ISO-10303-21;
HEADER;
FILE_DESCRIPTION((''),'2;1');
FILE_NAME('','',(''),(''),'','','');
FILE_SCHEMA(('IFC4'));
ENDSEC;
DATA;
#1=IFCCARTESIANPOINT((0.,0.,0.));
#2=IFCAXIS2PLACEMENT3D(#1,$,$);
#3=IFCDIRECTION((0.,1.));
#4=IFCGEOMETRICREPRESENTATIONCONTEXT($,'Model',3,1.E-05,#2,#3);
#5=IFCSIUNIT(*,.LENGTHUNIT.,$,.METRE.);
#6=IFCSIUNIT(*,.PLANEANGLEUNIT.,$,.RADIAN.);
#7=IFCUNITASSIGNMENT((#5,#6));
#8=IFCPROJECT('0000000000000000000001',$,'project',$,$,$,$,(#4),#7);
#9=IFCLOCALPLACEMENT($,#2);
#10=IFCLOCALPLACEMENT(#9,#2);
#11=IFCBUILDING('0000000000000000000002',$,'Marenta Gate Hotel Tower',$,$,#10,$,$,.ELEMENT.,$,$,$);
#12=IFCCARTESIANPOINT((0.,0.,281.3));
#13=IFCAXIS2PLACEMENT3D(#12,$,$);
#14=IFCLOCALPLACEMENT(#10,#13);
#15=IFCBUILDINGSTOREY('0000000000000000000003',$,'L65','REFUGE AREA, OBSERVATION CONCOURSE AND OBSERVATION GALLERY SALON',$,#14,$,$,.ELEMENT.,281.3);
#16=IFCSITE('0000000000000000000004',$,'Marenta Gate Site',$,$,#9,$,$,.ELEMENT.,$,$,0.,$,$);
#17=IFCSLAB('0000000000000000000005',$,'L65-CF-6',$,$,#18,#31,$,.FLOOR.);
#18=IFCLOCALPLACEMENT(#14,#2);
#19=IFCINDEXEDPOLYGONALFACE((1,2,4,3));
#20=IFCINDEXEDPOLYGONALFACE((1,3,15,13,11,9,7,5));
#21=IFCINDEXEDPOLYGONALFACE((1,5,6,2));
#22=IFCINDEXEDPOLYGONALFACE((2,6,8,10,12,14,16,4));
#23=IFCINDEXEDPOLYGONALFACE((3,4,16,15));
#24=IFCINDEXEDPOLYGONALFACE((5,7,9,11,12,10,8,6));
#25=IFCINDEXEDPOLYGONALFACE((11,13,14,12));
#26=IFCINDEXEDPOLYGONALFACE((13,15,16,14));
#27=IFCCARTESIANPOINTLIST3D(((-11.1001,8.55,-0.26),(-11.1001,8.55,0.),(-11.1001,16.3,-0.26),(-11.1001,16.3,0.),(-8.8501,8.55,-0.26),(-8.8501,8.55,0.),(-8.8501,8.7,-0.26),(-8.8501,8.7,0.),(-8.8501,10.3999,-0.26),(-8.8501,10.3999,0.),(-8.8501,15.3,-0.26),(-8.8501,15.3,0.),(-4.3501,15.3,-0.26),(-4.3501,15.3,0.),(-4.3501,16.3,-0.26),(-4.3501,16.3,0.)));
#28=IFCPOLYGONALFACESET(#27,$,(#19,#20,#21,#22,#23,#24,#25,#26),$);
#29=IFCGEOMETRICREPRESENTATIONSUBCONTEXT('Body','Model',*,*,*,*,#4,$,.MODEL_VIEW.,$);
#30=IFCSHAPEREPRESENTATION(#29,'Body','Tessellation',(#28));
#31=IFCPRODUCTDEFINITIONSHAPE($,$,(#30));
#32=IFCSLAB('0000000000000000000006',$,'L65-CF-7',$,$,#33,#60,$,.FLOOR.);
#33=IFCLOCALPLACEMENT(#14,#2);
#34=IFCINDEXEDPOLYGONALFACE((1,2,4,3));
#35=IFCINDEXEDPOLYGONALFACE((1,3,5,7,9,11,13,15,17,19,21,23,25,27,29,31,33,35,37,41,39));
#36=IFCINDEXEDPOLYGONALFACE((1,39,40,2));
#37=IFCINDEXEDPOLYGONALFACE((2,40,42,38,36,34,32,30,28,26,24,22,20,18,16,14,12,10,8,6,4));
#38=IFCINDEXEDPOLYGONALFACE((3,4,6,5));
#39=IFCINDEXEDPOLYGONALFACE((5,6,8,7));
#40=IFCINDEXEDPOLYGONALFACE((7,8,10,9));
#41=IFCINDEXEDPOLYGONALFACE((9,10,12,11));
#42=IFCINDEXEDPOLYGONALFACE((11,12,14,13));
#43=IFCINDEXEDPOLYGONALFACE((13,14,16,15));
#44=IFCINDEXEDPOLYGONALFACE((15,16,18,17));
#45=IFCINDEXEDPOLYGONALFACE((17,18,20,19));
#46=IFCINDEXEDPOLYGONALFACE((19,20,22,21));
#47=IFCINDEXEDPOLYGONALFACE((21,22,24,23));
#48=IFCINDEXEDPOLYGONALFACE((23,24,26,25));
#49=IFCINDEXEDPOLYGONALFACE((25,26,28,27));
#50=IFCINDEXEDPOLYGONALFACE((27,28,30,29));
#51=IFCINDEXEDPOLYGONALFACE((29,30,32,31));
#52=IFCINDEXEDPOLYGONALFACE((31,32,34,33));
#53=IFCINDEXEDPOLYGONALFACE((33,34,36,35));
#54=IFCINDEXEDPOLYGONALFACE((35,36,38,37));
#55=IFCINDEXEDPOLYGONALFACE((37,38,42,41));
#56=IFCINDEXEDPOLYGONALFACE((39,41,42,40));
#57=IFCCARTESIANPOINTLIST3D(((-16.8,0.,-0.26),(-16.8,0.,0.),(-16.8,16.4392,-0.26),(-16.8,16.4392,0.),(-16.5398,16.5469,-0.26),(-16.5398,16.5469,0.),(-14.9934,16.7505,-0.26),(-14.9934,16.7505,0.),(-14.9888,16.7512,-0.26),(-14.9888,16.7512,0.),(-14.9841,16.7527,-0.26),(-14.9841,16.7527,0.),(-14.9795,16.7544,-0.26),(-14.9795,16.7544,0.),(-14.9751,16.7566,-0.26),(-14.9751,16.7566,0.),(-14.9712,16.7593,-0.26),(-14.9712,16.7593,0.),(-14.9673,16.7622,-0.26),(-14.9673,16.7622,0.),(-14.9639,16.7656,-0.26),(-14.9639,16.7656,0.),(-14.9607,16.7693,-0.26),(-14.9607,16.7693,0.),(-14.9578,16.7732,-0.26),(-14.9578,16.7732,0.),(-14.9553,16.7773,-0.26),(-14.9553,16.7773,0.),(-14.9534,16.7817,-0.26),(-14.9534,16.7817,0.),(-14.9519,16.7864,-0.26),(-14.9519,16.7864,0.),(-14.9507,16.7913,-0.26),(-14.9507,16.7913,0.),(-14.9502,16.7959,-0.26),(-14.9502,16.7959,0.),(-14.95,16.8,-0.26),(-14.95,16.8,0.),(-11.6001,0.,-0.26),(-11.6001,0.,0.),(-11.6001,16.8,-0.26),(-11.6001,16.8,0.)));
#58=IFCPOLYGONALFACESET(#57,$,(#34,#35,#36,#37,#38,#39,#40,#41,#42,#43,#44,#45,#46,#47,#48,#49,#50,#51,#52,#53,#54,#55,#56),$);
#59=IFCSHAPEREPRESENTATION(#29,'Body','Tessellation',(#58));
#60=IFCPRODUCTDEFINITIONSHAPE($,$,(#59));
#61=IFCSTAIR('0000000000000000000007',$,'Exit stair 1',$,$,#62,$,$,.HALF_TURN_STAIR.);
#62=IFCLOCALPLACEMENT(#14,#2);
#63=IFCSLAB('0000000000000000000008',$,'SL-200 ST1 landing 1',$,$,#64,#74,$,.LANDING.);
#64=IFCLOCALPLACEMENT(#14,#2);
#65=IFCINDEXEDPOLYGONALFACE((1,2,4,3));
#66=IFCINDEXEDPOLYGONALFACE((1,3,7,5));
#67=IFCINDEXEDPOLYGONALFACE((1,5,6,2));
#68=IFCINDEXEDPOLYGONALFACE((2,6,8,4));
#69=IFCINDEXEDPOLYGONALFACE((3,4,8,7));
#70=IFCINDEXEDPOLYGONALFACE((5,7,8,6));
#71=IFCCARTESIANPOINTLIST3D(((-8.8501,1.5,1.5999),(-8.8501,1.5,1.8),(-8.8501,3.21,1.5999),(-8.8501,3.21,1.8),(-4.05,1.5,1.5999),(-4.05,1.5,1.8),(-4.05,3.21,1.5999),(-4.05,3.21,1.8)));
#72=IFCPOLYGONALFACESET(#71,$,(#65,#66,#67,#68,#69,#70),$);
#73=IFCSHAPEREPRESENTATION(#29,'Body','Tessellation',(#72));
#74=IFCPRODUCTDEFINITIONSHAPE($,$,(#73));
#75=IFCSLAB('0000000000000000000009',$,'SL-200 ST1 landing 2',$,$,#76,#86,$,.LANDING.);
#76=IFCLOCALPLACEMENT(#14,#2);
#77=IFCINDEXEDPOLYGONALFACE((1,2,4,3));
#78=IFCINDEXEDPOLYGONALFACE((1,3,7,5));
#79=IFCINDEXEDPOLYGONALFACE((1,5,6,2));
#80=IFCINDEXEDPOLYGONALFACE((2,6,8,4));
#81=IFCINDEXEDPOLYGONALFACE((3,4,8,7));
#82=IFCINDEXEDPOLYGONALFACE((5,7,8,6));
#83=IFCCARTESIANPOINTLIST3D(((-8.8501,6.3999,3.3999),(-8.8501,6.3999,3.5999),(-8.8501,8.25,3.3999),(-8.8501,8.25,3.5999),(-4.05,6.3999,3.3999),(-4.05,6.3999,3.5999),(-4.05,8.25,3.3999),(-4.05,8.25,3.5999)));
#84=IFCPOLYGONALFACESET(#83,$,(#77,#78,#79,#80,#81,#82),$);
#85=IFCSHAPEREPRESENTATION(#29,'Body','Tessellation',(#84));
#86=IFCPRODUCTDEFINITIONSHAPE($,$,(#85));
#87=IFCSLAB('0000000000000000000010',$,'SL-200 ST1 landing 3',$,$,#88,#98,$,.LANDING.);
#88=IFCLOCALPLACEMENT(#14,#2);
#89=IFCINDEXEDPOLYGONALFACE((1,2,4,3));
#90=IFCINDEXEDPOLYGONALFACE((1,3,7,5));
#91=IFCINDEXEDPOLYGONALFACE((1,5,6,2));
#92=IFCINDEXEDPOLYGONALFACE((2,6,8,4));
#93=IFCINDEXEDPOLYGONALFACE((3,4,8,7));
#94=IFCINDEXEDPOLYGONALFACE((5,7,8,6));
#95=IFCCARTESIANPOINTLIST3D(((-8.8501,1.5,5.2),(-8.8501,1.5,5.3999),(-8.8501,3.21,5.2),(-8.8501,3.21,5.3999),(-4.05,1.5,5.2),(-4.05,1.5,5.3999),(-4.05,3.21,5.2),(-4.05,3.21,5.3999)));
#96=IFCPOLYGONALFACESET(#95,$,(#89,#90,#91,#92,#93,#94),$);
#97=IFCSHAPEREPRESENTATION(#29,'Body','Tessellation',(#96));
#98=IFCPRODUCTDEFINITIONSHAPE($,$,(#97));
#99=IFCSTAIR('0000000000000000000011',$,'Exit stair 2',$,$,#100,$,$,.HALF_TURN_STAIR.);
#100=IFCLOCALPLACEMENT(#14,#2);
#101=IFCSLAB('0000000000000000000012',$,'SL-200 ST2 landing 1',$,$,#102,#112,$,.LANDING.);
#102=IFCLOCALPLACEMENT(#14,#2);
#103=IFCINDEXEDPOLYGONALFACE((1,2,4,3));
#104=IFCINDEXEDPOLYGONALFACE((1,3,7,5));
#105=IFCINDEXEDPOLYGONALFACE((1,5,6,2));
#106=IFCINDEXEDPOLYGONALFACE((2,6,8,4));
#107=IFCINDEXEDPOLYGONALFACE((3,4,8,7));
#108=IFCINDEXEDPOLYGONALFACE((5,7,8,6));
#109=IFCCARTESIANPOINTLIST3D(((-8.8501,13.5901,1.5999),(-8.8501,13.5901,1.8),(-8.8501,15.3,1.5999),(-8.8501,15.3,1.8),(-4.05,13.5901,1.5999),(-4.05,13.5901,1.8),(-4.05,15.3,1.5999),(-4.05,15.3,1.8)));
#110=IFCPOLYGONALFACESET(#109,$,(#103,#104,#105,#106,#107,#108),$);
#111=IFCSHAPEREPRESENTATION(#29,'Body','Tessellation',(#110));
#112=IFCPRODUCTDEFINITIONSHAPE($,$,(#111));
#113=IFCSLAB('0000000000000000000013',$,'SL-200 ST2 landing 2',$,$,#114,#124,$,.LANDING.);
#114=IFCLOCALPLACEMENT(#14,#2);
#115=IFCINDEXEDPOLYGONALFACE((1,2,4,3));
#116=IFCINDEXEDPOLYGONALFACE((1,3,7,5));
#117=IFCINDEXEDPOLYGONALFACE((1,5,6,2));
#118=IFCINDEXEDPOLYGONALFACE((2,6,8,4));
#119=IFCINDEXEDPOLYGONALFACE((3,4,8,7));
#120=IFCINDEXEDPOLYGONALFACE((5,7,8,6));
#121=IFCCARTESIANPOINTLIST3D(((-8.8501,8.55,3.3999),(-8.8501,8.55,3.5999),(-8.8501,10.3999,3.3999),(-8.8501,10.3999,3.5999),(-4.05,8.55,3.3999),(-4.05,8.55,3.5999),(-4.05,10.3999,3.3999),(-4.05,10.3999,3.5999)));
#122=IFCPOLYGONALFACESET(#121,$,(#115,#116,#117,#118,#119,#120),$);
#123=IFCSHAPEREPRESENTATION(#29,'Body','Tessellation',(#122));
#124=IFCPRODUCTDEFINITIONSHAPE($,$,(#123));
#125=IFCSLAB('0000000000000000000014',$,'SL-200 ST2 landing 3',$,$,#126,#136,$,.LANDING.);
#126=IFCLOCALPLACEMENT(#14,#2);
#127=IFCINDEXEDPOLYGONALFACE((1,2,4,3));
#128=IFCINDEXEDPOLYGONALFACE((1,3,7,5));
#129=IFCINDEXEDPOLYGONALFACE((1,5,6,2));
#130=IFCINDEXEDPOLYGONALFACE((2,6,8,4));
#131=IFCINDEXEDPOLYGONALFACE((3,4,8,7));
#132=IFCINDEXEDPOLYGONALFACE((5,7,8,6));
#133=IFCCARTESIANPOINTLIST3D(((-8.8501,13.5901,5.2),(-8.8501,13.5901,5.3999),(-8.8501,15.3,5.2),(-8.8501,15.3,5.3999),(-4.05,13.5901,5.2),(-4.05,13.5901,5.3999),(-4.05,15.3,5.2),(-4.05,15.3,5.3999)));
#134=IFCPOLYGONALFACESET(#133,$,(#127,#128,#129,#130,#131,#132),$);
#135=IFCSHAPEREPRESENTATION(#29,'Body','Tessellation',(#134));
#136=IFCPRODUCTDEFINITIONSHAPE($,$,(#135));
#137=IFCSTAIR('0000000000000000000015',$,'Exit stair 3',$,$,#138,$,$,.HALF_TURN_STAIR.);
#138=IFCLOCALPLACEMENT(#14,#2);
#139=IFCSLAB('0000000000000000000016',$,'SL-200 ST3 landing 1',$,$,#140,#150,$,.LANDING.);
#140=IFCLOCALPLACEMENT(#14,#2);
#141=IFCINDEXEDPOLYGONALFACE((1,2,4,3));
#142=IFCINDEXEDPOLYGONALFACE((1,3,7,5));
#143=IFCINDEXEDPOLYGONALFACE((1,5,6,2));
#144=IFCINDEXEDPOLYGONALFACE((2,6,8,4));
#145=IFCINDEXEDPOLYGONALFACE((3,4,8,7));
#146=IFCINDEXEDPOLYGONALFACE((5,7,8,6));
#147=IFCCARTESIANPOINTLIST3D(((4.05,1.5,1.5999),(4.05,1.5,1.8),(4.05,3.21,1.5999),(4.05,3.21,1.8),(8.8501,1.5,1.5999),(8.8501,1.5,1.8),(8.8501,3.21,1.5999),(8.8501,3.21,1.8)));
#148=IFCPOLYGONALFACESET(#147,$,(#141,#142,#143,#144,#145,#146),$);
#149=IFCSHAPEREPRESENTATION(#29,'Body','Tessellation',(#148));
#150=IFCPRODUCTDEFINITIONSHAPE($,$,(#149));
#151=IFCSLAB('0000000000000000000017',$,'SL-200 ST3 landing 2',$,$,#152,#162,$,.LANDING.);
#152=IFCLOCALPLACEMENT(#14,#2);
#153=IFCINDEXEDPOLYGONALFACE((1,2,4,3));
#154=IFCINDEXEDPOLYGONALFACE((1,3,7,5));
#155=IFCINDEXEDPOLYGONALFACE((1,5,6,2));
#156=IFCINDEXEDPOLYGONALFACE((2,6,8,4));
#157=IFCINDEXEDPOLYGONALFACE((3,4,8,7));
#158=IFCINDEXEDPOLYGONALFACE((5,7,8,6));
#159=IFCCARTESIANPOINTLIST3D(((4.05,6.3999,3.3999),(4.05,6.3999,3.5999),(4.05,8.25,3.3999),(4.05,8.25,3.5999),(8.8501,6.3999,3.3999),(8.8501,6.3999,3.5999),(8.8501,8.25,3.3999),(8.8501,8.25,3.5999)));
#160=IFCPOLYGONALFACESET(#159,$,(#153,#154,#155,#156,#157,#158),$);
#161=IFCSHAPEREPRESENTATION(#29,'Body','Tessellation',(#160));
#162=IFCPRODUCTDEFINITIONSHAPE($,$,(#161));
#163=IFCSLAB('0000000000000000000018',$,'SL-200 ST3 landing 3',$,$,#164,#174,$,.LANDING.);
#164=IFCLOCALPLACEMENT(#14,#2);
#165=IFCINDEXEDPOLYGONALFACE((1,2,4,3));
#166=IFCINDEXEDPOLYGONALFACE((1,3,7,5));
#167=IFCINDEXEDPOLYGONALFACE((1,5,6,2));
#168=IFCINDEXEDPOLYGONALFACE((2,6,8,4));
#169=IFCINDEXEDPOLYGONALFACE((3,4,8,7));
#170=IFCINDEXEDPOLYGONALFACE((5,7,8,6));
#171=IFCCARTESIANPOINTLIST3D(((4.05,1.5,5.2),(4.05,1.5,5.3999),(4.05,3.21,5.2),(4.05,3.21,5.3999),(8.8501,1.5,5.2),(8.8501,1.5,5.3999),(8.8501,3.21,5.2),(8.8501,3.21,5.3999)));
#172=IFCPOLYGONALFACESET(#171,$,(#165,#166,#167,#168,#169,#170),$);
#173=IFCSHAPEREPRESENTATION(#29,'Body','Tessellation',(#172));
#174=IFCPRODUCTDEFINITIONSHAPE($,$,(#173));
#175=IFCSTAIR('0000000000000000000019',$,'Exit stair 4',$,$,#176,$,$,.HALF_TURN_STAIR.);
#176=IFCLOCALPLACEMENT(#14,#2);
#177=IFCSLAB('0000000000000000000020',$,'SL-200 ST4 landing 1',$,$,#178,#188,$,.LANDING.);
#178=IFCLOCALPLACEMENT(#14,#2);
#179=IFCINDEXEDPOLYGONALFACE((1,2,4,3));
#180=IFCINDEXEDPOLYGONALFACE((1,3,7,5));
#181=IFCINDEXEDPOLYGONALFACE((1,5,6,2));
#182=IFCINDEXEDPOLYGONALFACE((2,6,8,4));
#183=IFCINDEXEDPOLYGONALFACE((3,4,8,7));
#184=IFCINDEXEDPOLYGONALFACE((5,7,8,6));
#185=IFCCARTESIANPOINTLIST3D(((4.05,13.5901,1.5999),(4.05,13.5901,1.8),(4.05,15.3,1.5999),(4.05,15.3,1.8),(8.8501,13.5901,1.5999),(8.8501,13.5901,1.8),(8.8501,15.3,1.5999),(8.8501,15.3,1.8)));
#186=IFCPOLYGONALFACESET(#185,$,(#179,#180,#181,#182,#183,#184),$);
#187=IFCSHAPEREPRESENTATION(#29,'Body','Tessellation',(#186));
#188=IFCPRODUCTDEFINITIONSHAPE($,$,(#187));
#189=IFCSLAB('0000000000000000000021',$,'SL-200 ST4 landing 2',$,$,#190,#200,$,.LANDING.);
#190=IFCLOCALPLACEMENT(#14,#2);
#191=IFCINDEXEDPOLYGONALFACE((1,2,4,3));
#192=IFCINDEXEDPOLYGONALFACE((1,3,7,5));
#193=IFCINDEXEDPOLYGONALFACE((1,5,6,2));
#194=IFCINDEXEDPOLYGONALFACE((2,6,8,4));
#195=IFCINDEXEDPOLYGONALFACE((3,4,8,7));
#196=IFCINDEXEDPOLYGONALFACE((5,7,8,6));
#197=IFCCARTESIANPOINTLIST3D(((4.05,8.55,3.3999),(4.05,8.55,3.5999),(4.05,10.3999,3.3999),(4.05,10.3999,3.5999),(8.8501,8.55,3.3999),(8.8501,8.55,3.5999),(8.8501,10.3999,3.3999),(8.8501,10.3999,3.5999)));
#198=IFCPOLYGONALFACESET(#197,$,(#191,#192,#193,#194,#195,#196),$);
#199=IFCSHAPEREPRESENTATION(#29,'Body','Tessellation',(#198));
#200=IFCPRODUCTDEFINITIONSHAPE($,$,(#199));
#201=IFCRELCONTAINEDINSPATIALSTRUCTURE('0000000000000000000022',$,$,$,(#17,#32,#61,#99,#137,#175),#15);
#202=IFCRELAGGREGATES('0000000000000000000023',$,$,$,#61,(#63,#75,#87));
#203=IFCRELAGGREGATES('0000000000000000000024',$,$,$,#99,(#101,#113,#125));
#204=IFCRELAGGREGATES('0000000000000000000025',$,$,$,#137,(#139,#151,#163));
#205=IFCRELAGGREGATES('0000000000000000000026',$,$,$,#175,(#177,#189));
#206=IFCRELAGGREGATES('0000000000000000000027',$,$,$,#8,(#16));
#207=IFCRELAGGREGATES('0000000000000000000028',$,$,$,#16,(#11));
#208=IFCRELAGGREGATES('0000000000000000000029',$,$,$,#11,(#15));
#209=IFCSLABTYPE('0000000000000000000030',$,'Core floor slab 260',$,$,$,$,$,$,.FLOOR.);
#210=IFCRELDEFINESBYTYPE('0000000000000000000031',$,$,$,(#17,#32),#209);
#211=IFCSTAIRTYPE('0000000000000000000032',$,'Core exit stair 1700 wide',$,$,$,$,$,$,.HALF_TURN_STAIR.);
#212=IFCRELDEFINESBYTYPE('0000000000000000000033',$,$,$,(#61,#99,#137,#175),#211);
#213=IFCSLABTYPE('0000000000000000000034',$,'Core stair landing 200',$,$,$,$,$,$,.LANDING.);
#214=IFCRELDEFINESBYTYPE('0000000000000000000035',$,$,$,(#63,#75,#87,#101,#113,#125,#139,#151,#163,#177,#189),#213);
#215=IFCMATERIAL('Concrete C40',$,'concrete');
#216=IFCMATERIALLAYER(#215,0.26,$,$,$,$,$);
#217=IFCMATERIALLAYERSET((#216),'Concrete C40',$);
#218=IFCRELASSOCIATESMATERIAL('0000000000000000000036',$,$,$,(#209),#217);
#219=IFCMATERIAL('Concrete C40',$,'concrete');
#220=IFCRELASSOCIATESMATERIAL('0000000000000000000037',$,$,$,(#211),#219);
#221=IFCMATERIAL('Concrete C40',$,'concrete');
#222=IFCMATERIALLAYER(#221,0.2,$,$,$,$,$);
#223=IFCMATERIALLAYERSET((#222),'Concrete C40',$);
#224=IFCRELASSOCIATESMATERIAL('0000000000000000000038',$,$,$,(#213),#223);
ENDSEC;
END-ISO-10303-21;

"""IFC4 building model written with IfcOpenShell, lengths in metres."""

from ifc_helpers import new_model, si_unit, direction, frame, origin, place, context, subcontext, project, spatial, polyline, outline, extrude, material, layer, layer_set, type_object, element, aggregate, save


model = new_model("IFC4")

# Units and contexts
model_context = context("Model", 3, precision=1e-05, world=origin(), true_north=direction((0.0, 1.0)))
body_context = subcontext(model_context, "Body", "Model", "MODEL_VIEW")
ifc_project = project(units=[si_unit("LENGTHUNIT", "METRE"), si_unit("PLANEANGLEUNIT", "RADIAN")], contexts=[model_context])

# Site, building, storey
site_placement = place(None, origin())
site = spatial("IfcSite", under=ifc_project, at=site_placement, Name="Marenta Gate Site", CompositionType="ELEMENT", RefElevation=0.0)
building_placement = place(site_placement, origin())
building = spatial("IfcBuilding", under=site, at=building_placement, Name="Marenta Gate Hotel Tower", CompositionType="ELEMENT")
storey_placement = place(building_placement, frame((0.0, 0.0, 281.3)))
storey = spatial("IfcBuildingStorey", under=building, at=storey_placement, Name="L65", Description="REFUGE AREA, OBSERVATION CONCOURSE AND OBSERVATION GALLERY SALON", CompositionType="ELEMENT", Elevation=281.3)

# Slabs
ifc_material_1 = material(Name="Concrete C40", Category="concrete")
ifc_layer_1 = layer(ifc_material_1, 0.26)
ifc_layer_set_1 = layer_set([ifc_layer_1], Name="Concrete C40")
slab_type_1 = type_object("IfcSlabType", Name="Core floor slab 260", PredefinedType="FLOOR", material=ifc_layer_set_1)
slab_1_placement = place(storey_placement, frame((0.0, 0.0, -0.26)))
element("IfcSlab", 1, at=slab_1_placement, inside=storey, type_object=slab_type_1, Name="L65-CF-6", PredefinedType="FLOOR", context=body_context, shape_type="SweptSolid", body=[
    extrude(outline(polyline([(-8.8501, 15.3), (-8.8501, 10.3999), (-8.8501, 8.7), (-8.8501, 8.55), (-11.1001, 8.55), (-11.1001, 16.3), (-4.3501, 16.3), (-4.3501, 15.3), (-8.8501, 15.3)])), origin(), (0.0, 0.0, 1.0), 0.26),
])
slab_2_placement = place(storey_placement, frame((0.0, 0.0, -0.26)))
element("IfcSlab", 2, at=slab_2_placement, inside=storey, type_object=slab_type_1, Name="L65-CF-7", PredefinedType="FLOOR", context=body_context, shape_type="SweptSolid", body=[
    extrude(outline(polyline([(-11.6001, 0.0), (-16.8, 0.0), (-16.8, 16.4392), (-16.5398, 16.5469), (-14.9934, 16.7505), (-14.9888, 16.7512), (-14.9841, 16.7527), (-14.9795, 16.7544), (-14.9751, 16.7566), (-14.9712, 16.7593), (-14.9673, 16.7622), (-14.9639, 16.7656), (-14.9607, 16.7693), (-14.9578, 16.7732), (-14.9553, 16.7773), (-14.9534, 16.7817), (-14.9519, 16.7864), (-14.9507, 16.7913), (-14.9502, 16.7959), (-14.95, 16.8), (-11.6001, 16.8), (-11.6001, 0.0)])), origin(), (0.0, 0.0, 1.0), 0.26),
])

# Stairs, slabs
ifc_material_2 = material(Name="Concrete C40", Category="concrete")
stair_type_1 = type_object("IfcStairType", Name="Core exit stair 1700 wide", PredefinedType="HALF_TURN_STAIR", material=ifc_material_2)
stair_1_placement = place(storey_placement, origin())
stair_1 = element("IfcStair", 3, at=stair_1_placement, inside=storey, type_object=stair_type_1, Name="Exit stair 1", PredefinedType="HALF_TURN_STAIR")
ifc_material_3 = material(Name="Concrete C40", Category="concrete")
ifc_layer_2 = layer(ifc_material_3, 0.2)
ifc_layer_set_2 = layer_set([ifc_layer_2], Name="Concrete C40")
slab_type_2 = type_object("IfcSlabType", Name="Core stair landing 200", PredefinedType="LANDING", material=ifc_layer_set_2)
slab_3_placement = place(storey_placement, frame((0.0, 0.0, 1.5999)))
slab_3 = element("IfcSlab", 4, at=slab_3_placement, type_object=slab_type_2, Name="SL-200 ST1 landing 1", PredefinedType="LANDING", context=body_context, shape_type="SweptSolid", body=[
    extrude(outline(polyline([(-8.8501, 1.5), (-4.05, 1.5), (-4.05, 3.21), (-8.8501, 3.21), (-8.8501, 1.5)])), origin(), (0.0, 0.0, 1.0), 0.2002),
])
slab_4_placement = place(storey_placement, frame((0.0, 0.0, 3.3999)))
slab_4 = element("IfcSlab", 5, at=slab_4_placement, type_object=slab_type_2, Name="SL-200 ST1 landing 2", PredefinedType="LANDING", context=body_context, shape_type="SweptSolid", body=[
    extrude(outline(polyline([(-8.8501, 6.3999), (-4.05, 6.3999), (-4.05, 8.25), (-8.8501, 8.25), (-8.8501, 6.3999)])), origin(), (0.0, 0.0, 1.0), 0.2),
])
slab_5_placement = place(storey_placement, frame((0.0, 0.0, 5.2)))
slab_5 = element("IfcSlab", 6, at=slab_5_placement, type_object=slab_type_2, Name="SL-200 ST1 landing 3", PredefinedType="LANDING", context=body_context, shape_type="SweptSolid", body=[
    extrude(outline(polyline([(-8.8501, 1.5), (-4.05, 1.5), (-4.05, 3.21), (-8.8501, 3.21), (-8.8501, 1.5)])), origin(), (0.0, 0.0, 1.0), 0.2),
])
aggregate(stair_1, [slab_3, slab_4, slab_5])
stair_2_placement = place(storey_placement, origin())
stair_2 = element("IfcStair", 7, at=stair_2_placement, inside=storey, type_object=stair_type_1, Name="Exit stair 2", PredefinedType="HALF_TURN_STAIR")
slab_6_placement = place(storey_placement, frame((0.0, 0.0, 1.5999)))
slab_6 = element("IfcSlab", 8, at=slab_6_placement, type_object=slab_type_2, Name="SL-200 ST2 landing 1", PredefinedType="LANDING", context=body_context, shape_type="SweptSolid", body=[
    extrude(outline(polyline([(-8.8501, 13.5901), (-4.05, 13.5901), (-4.05, 15.3), (-8.8501, 15.3), (-8.8501, 13.5901)])), origin(), (0.0, 0.0, 1.0), 0.2002),
])
slab_7_placement = place(storey_placement, frame((0.0, 0.0, 3.3999)))
slab_7 = element("IfcSlab", 9, at=slab_7_placement, type_object=slab_type_2, Name="SL-200 ST2 landing 2", PredefinedType="LANDING", context=body_context, shape_type="SweptSolid", body=[
    extrude(outline(polyline([(-8.8501, 8.55), (-4.05, 8.55), (-4.05, 10.3999), (-8.8501, 10.3999), (-8.8501, 8.55)])), origin(), (0.0, 0.0, 1.0), 0.2),
])
slab_8_placement = place(storey_placement, frame((0.0, 0.0, 5.2)))
slab_8 = element("IfcSlab", 10, at=slab_8_placement, type_object=slab_type_2, Name="SL-200 ST2 landing 3", PredefinedType="LANDING", context=body_context, shape_type="SweptSolid", body=[
    extrude(outline(polyline([(-8.8501, 13.5901), (-4.05, 13.5901), (-4.05, 15.3), (-8.8501, 15.3), (-8.8501, 13.5901)])), origin(), (0.0, 0.0, 1.0), 0.2),
])
aggregate(stair_2, [slab_6, slab_7, slab_8])
stair_3_placement = place(storey_placement, origin())
stair_3 = element("IfcStair", 11, at=stair_3_placement, inside=storey, type_object=stair_type_1, Name="Exit stair 3", PredefinedType="HALF_TURN_STAIR")
slab_9_placement = place(storey_placement, frame((0.0, 0.0, 1.5999)))
slab_9 = element("IfcSlab", 12, at=slab_9_placement, type_object=slab_type_2, Name="SL-200 ST3 landing 1", PredefinedType="LANDING", context=body_context, shape_type="SweptSolid", body=[
    extrude(outline(polyline([(4.05, 1.5), (8.8501, 1.5), (8.8501, 3.21), (4.05, 3.21), (4.05, 1.5)])), origin(), (0.0, 0.0, 1.0), 0.2002),
])
slab_10_placement = place(storey_placement, frame((0.0, 0.0, 3.3999)))
slab_10 = element("IfcSlab", 13, at=slab_10_placement, type_object=slab_type_2, Name="SL-200 ST3 landing 2", PredefinedType="LANDING", context=body_context, shape_type="SweptSolid", body=[
    extrude(outline(polyline([(4.05, 6.3999), (8.8501, 6.3999), (8.8501, 8.25), (4.05, 8.25), (4.05, 6.3999)])), origin(), (0.0, 0.0, 1.0), 0.2),
])
slab_11_placement = place(storey_placement, frame((0.0, 0.0, 5.2)))
slab_11 = element("IfcSlab", 14, at=slab_11_placement, type_object=slab_type_2, Name="SL-200 ST3 landing 3", PredefinedType="LANDING", context=body_context, shape_type="SweptSolid", body=[
    extrude(outline(polyline([(4.05, 1.5), (8.8501, 1.5), (8.8501, 3.21), (4.05, 3.21), (4.05, 1.5)])), origin(), (0.0, 0.0, 1.0), 0.2),
])
aggregate(stair_3, [slab_9, slab_10, slab_11])
stair_4_placement = place(storey_placement, origin())
stair_4 = element("IfcStair", 15, at=stair_4_placement, inside=storey, type_object=stair_type_1, Name="Exit stair 4", PredefinedType="HALF_TURN_STAIR")
slab_12_placement = place(storey_placement, frame((0.0, 0.0, 1.5999)))
slab_12 = element("IfcSlab", 16, at=slab_12_placement, type_object=slab_type_2, Name="SL-200 ST4 landing 1", PredefinedType="LANDING", context=body_context, shape_type="SweptSolid", body=[
    extrude(outline(polyline([(4.05, 13.5901), (8.8501, 13.5901), (8.8501, 15.3), (4.05, 15.3), (4.05, 13.5901)])), origin(), (0.0, 0.0, 1.0), 0.2002),
])
slab_13_placement = place(storey_placement, frame((0.0, 0.0, 3.3999)))
slab_13 = element("IfcSlab", 17, at=slab_13_placement, type_object=slab_type_2, Name="SL-200 ST4 landing 2", PredefinedType="LANDING", context=body_context, shape_type="SweptSolid", body=[
    extrude(outline(polyline([(4.05, 8.55), (8.8501, 8.55), (8.8501, 10.3999), (4.05, 10.3999), (4.05, 8.55)])), origin(), (0.0, 0.0, 1.0), 0.2),
])
aggregate(stair_4, [slab_12, slab_13])

save(model, "model.ifc")
